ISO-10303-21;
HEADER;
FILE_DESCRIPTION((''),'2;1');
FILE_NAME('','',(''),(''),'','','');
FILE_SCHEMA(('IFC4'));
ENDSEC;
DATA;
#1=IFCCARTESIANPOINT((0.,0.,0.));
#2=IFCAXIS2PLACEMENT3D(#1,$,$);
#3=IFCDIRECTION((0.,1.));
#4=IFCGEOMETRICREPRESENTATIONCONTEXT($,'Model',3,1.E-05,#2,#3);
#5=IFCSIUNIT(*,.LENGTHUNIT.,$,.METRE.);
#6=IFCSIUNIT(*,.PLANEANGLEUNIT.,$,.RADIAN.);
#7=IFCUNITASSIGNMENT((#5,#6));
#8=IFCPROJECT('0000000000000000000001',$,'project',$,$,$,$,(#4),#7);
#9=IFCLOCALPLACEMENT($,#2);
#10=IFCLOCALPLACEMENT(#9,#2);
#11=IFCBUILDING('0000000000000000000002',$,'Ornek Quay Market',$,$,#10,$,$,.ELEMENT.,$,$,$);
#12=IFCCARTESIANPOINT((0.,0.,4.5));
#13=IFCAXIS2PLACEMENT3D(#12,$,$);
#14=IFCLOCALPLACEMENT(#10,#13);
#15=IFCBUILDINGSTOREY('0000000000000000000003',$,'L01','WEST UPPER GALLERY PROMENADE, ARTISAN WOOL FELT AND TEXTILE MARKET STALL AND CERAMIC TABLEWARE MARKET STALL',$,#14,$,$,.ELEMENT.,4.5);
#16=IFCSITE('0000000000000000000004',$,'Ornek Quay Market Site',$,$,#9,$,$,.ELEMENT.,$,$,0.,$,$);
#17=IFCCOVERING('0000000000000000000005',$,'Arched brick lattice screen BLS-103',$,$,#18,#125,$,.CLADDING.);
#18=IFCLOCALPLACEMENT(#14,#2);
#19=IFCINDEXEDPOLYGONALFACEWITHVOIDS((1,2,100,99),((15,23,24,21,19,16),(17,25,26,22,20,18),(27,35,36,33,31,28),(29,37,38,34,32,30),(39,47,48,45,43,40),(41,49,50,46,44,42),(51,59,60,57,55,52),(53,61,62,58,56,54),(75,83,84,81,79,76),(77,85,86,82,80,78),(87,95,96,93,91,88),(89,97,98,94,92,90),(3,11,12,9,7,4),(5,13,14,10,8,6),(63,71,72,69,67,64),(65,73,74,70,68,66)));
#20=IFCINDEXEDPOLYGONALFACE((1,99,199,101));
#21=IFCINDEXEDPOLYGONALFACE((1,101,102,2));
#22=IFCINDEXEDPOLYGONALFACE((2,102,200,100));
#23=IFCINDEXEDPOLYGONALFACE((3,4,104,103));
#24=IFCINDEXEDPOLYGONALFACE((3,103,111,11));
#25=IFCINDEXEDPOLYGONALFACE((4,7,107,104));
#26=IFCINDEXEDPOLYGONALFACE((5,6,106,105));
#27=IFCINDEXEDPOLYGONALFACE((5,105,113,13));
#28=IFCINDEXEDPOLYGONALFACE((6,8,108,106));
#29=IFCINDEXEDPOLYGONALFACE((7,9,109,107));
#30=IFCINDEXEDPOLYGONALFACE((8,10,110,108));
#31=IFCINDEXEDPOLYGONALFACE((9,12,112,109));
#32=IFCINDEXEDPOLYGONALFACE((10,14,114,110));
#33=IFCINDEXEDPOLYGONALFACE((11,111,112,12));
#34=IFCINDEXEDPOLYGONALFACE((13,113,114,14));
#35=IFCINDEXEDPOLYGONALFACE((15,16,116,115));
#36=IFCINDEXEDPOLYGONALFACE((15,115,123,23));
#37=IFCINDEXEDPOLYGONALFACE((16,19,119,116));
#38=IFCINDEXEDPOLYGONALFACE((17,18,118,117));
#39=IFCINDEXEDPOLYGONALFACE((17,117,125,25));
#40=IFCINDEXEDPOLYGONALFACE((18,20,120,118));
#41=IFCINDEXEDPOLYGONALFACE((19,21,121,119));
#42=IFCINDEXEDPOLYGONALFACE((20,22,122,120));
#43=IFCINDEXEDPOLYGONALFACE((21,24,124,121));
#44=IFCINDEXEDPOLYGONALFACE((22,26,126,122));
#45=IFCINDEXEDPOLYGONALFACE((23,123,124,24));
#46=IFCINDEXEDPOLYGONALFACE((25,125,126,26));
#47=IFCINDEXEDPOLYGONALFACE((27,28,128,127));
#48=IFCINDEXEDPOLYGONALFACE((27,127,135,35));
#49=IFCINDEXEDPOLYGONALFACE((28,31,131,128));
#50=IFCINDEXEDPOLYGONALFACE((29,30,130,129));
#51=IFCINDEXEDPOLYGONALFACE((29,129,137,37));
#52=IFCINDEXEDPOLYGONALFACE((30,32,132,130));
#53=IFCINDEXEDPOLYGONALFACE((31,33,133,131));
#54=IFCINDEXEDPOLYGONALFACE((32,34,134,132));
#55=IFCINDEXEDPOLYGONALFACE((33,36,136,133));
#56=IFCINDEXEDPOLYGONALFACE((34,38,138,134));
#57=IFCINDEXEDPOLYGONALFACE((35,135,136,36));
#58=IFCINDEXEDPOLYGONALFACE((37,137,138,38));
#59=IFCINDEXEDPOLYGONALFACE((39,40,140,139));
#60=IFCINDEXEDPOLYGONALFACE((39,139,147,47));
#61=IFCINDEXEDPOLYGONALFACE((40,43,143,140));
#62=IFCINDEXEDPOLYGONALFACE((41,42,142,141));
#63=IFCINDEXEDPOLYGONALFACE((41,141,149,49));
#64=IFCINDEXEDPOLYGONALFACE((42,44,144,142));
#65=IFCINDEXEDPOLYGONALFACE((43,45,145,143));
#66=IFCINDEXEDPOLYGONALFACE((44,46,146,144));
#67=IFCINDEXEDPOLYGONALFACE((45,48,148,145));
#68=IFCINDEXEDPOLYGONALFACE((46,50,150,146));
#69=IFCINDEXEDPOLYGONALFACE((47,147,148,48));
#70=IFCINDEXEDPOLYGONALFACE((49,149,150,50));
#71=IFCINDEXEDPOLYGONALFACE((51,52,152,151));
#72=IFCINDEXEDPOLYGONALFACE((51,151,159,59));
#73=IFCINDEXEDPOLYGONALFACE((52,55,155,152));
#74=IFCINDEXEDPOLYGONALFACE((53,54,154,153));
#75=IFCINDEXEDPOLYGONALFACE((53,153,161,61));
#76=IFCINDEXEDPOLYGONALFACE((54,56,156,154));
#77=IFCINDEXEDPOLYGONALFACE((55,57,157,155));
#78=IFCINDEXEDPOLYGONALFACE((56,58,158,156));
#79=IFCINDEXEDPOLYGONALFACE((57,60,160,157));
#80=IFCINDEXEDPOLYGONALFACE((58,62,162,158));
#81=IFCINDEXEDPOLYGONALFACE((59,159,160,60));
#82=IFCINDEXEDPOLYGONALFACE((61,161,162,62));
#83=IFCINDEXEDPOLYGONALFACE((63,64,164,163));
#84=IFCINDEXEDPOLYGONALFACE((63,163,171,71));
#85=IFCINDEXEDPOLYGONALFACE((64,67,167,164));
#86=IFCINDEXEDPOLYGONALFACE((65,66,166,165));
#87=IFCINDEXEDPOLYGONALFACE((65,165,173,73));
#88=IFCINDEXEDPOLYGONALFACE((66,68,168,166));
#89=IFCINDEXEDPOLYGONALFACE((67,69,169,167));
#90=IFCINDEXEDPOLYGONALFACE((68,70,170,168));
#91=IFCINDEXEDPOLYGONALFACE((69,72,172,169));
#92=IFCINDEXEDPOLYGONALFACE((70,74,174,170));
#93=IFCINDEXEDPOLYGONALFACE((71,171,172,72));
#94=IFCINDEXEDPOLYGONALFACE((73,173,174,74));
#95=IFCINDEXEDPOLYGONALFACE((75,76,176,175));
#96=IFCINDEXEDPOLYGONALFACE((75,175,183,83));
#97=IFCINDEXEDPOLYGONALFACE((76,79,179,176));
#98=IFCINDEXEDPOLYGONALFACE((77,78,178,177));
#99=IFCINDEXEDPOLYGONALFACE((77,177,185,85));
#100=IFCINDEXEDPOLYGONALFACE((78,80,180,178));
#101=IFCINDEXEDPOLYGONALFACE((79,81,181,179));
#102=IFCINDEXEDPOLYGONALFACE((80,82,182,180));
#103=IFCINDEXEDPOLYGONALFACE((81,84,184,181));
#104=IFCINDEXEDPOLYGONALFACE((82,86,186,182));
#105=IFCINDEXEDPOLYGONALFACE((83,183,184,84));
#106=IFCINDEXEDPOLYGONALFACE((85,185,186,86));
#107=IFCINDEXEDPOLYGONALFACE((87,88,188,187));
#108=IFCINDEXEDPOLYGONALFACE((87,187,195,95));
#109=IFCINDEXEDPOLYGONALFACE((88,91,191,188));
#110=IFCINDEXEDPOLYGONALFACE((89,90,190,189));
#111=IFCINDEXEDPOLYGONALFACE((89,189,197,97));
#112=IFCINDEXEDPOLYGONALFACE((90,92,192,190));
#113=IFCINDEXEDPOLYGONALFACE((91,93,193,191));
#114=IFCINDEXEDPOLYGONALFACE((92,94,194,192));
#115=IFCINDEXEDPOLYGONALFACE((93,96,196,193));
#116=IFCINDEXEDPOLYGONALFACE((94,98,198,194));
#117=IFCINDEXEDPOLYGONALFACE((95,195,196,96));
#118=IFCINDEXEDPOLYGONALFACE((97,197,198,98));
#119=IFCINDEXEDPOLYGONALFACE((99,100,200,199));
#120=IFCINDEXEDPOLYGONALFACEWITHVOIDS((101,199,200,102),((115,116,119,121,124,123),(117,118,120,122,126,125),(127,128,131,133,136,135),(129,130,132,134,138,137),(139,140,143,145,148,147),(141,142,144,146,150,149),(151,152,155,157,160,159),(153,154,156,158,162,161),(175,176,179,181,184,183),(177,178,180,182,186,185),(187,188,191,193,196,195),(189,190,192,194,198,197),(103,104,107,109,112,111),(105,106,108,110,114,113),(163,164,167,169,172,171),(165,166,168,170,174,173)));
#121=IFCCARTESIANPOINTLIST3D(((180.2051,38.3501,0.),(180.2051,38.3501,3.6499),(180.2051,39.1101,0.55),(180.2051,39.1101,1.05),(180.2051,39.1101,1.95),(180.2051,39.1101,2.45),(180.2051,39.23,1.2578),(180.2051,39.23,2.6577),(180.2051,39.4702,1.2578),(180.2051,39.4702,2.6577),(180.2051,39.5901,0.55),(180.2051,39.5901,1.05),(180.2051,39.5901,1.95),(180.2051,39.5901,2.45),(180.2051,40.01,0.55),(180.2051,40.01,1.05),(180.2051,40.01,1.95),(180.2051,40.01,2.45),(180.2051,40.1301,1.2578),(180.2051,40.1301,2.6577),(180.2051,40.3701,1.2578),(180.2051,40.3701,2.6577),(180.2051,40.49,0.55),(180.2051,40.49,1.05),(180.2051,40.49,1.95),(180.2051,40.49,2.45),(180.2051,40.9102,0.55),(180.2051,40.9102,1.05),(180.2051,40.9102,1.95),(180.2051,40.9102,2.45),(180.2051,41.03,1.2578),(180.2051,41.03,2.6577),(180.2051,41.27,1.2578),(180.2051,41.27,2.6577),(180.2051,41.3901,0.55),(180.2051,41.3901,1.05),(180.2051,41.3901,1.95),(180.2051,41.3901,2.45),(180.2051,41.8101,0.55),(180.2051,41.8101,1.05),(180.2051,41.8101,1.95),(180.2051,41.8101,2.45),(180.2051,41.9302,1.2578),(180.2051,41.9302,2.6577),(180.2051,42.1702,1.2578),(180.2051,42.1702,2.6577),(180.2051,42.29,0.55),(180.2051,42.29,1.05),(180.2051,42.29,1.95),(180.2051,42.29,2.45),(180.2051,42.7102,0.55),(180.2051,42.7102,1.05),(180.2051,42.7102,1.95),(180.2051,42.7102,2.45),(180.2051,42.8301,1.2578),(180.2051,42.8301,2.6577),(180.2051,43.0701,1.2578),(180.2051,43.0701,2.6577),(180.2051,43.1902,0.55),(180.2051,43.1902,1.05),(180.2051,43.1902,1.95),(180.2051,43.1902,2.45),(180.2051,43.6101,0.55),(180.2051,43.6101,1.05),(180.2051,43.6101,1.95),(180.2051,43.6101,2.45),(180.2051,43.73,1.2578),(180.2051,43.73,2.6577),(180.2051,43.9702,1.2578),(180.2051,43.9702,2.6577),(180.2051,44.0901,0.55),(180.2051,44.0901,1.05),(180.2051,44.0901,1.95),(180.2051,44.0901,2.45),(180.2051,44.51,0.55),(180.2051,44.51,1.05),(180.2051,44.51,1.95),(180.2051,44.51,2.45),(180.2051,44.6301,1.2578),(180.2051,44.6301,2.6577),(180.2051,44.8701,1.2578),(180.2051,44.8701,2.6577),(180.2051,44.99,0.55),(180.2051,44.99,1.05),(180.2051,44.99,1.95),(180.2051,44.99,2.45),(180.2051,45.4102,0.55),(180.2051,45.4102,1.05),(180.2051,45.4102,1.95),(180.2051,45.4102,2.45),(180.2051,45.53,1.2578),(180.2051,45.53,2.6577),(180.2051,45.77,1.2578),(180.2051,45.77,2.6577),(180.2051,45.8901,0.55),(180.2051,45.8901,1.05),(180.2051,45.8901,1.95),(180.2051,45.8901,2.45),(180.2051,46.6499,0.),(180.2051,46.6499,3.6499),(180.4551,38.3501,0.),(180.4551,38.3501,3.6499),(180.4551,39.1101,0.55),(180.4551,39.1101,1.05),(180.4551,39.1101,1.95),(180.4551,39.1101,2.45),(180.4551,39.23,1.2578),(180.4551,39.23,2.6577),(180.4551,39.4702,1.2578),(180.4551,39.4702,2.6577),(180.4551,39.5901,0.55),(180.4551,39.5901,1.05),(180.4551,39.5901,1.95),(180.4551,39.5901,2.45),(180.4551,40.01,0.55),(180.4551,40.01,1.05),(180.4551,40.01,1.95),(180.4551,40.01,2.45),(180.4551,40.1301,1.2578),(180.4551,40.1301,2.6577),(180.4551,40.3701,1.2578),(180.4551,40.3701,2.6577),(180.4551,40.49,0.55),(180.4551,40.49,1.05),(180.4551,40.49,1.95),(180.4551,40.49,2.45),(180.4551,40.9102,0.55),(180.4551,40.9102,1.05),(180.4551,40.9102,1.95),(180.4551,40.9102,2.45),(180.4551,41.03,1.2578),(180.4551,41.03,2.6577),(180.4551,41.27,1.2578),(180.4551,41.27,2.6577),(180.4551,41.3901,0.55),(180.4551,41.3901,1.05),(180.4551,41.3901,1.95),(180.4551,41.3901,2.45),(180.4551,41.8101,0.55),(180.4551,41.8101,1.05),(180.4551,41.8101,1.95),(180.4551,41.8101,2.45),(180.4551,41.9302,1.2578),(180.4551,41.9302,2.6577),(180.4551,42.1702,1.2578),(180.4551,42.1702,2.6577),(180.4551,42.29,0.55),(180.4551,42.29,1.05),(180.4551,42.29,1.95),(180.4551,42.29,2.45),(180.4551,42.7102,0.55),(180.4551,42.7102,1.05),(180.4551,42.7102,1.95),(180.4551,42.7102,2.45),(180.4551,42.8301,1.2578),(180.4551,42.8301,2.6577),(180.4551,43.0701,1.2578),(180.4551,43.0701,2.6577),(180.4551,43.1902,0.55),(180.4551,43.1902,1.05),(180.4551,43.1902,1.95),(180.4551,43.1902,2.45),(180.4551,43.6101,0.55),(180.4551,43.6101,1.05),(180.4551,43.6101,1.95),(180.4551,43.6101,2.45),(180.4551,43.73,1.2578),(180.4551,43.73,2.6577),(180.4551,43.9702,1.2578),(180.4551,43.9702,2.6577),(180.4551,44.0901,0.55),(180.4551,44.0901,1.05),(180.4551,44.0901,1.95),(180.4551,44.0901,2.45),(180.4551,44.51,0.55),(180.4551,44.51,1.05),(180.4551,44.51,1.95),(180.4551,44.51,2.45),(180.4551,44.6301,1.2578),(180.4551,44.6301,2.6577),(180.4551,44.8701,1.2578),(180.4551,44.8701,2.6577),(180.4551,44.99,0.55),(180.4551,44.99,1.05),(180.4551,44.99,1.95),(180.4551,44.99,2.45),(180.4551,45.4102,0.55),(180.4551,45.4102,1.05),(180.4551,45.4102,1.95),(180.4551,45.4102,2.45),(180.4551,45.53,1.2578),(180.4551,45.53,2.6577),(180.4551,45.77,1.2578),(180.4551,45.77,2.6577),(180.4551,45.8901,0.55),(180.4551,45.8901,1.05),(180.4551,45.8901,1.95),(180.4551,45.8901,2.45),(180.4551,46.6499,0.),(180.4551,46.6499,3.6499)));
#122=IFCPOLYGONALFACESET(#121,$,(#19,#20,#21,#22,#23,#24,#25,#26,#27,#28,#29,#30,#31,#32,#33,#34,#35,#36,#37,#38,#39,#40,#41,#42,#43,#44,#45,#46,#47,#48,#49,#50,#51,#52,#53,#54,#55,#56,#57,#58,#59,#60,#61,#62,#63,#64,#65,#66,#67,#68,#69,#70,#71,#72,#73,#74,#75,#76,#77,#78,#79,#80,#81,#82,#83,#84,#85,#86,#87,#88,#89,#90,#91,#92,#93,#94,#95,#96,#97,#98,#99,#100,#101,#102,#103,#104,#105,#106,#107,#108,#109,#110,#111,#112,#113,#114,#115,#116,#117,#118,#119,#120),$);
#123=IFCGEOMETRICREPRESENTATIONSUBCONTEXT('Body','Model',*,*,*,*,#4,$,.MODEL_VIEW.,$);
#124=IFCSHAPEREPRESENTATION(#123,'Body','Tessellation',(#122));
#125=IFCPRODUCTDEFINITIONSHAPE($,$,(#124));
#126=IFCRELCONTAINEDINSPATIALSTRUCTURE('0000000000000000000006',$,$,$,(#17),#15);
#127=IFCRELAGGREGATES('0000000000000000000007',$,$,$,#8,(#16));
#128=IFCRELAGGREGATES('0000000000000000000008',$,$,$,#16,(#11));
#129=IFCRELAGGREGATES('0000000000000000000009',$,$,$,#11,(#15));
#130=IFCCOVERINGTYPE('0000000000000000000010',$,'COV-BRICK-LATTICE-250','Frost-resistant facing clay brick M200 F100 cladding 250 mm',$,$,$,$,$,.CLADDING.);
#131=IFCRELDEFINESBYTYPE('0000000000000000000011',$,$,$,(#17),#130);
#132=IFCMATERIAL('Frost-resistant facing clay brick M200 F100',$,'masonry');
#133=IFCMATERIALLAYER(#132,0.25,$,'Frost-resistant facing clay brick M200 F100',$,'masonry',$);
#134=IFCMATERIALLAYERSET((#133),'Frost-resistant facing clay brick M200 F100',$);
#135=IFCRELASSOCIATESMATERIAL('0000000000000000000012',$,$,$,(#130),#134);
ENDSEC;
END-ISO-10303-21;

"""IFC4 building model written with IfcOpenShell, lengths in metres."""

from ifc_helpers import new_model, si_unit, direction, frame, origin, place, context, subcontext, project, spatial, polyline, outline, extrude, material, layer, layer_set, type_object, element, save


model = new_model("IFC4")

# Units and contexts
model_context = context("Model", 3, precision=1e-05, world=origin(), true_north=direction((0.0, 1.0)))
body_context = subcontext(model_context, "Body", "Model", "MODEL_VIEW")
ifc_project = project(units=[si_unit("LENGTHUNIT", "METRE"), si_unit("PLANEANGLEUNIT", "RADIAN")], contexts=[model_context])

# Site, building, storey
site_placement = place(None, origin())
site = spatial("IfcSite", under=ifc_project, at=site_placement, Name="Ornek Quay Market Site", CompositionType="ELEMENT", RefElevation=0.0)
building_placement = place(site_placement, origin())
building = spatial("IfcBuilding", under=site, at=building_placement, Name="Ornek Quay Market", CompositionType="ELEMENT")
storey_placement = place(building_placement, frame((0.0, 0.0, 4.5)))
storey = spatial("IfcBuildingStorey", under=building, at=storey_placement, Name="L01", Description="WEST UPPER GALLERY PROMENADE, ARTISAN WOOL FELT AND TEXTILE MARKET STALL AND CERAMIC TABLEWARE MARKET STALL", CompositionType="ELEMENT", Elevation=4.5)

# Shared definitions
ifc_material_1 = material(Name="Frost-resistant facing clay brick M200 F100", Category="masonry")

# Covering
ifc_layer_1 = layer(ifc_material_1, 0.25, Name="Frost-resistant facing clay brick M200 F100", Category="masonry")
ifc_layer_set_1 = layer_set([ifc_layer_1], Name="Frost-resistant facing clay brick M200 F100")
covering_type = type_object("IfcCoveringType", Name="COV-BRICK-LATTICE-250", Description="Frost-resistant facing clay brick M200 F100 cladding 250 mm", PredefinedType="CLADDING", material=ifc_layer_set_1)
covering_1_placement = place(storey_placement, frame((180.3301, 38.3501, 0.0), z_axis=(0.0, 0.0, 1.0), x_axis=(0.0, 1.0, 0.0)))
element("IfcCovering", 1, at=covering_1_placement, inside=storey, type_object=covering_type, Name="Arched brick lattice screen BLS-103", PredefinedType="CLADDING", context=body_context, shape_type="SweptSolid", body=[
    extrude(outline(polyline([(0.0, 0.0), (8.2998, 0.0), (8.2998, 3.6499), (0.0, 3.6499), (0.0, 0.0)]), holes=[polyline([(0.76, 0.55), (1.24, 0.55), (1.24, 1.05), (1.1201, 1.2578), (0.8799, 1.2578), (0.76, 1.05), (0.76, 0.55)]), polyline([(0.76, 1.95), (1.24, 1.95), (1.24, 2.45), (1.1201, 2.6577), (0.8799, 2.6577), (0.76, 2.45), (0.76, 1.95)]), polyline([(1.6599, 0.55), (2.1399, 0.55), (2.1399, 1.05), (2.02, 1.2578), (1.78, 1.2578), (1.6599, 1.05), (1.6599, 0.55)]), polyline([(1.6599, 1.95), (2.1399, 1.95), (2.1399, 2.45), (2.02, 2.6577), (1.78, 2.6577), (1.6599, 2.45), (1.6599, 1.95)]), polyline([(2.5601, 0.55), (3.04, 0.55), (3.04, 1.05), (2.9199, 1.2578), (2.6799, 1.2578), (2.5601, 1.05), (2.5601, 0.55)]), polyline([(2.5601, 1.95), (3.04, 1.95), (3.04, 2.45), (2.9199, 2.6577), (2.6799, 2.6577), (2.5601, 2.45), (2.5601, 1.95)]), polyline([(3.46, 0.55), (3.9399, 0.55), (3.9399, 1.05), (3.8201, 1.2578), (3.5801, 1.2578), (3.46, 1.05), (3.46, 0.55)]), polyline([(3.46, 1.95), (3.9399, 1.95), (3.9399, 2.45), (3.8201, 2.6577), (3.5801, 2.6577), (3.46, 2.45), (3.46, 1.95)]), polyline([(4.3601, 0.55), (4.8401, 0.55), (4.8401, 1.05), (4.72, 1.2578), (4.48, 1.2578), (4.3601, 1.05), (4.3601, 0.55)]), polyline([(4.3601, 1.95), (4.8401, 1.95), (4.8401, 2.45), (4.72, 2.6577), (4.48, 2.6577), (4.3601, 2.45), (4.3601, 1.95)]), polyline([(5.26, 0.55), (5.74, 0.55), (5.74, 1.05), (5.6201, 1.2578), (5.3799, 1.2578), (5.26, 1.05), (5.26, 0.55)]), polyline([(5.26, 1.95), (5.74, 1.95), (5.74, 2.45), (5.6201, 2.6577), (5.3799, 2.6577), (5.26, 2.45), (5.26, 1.95)]), polyline([(6.1599, 0.55), (6.6399, 0.55), (6.6399, 1.05), (6.52, 1.2578), (6.28, 1.2578), (6.1599, 1.05), (6.1599, 0.55)]), polyline([(6.1599, 1.95), (6.6399, 1.95), (6.6399, 2.45), (6.52, 2.6577), (6.28, 2.6577), (6.1599, 2.45), (6.1599, 1.95)]), polyline([(7.0601, 0.55), (7.54, 0.55), (7.54, 1.05), (7.4199, 1.2578), (7.1799, 1.2578), (7.0601, 1.05), (7.0601, 0.55)]), polyline([(7.0601, 1.95), (7.54, 1.95), (7.54, 2.45), (7.4199, 2.6577), (7.1799, 2.6577), (7.0601, 2.45), (7.0601, 1.95)])]), frame((0.0, 0.125, 0.0), z_axis=(0.0, -1.0, 0.0), x_axis=(1.0, 0.0, 0.0)), (0.0, 0.0, 1.0), 0.25),
])

save(model, "model.ifc")
